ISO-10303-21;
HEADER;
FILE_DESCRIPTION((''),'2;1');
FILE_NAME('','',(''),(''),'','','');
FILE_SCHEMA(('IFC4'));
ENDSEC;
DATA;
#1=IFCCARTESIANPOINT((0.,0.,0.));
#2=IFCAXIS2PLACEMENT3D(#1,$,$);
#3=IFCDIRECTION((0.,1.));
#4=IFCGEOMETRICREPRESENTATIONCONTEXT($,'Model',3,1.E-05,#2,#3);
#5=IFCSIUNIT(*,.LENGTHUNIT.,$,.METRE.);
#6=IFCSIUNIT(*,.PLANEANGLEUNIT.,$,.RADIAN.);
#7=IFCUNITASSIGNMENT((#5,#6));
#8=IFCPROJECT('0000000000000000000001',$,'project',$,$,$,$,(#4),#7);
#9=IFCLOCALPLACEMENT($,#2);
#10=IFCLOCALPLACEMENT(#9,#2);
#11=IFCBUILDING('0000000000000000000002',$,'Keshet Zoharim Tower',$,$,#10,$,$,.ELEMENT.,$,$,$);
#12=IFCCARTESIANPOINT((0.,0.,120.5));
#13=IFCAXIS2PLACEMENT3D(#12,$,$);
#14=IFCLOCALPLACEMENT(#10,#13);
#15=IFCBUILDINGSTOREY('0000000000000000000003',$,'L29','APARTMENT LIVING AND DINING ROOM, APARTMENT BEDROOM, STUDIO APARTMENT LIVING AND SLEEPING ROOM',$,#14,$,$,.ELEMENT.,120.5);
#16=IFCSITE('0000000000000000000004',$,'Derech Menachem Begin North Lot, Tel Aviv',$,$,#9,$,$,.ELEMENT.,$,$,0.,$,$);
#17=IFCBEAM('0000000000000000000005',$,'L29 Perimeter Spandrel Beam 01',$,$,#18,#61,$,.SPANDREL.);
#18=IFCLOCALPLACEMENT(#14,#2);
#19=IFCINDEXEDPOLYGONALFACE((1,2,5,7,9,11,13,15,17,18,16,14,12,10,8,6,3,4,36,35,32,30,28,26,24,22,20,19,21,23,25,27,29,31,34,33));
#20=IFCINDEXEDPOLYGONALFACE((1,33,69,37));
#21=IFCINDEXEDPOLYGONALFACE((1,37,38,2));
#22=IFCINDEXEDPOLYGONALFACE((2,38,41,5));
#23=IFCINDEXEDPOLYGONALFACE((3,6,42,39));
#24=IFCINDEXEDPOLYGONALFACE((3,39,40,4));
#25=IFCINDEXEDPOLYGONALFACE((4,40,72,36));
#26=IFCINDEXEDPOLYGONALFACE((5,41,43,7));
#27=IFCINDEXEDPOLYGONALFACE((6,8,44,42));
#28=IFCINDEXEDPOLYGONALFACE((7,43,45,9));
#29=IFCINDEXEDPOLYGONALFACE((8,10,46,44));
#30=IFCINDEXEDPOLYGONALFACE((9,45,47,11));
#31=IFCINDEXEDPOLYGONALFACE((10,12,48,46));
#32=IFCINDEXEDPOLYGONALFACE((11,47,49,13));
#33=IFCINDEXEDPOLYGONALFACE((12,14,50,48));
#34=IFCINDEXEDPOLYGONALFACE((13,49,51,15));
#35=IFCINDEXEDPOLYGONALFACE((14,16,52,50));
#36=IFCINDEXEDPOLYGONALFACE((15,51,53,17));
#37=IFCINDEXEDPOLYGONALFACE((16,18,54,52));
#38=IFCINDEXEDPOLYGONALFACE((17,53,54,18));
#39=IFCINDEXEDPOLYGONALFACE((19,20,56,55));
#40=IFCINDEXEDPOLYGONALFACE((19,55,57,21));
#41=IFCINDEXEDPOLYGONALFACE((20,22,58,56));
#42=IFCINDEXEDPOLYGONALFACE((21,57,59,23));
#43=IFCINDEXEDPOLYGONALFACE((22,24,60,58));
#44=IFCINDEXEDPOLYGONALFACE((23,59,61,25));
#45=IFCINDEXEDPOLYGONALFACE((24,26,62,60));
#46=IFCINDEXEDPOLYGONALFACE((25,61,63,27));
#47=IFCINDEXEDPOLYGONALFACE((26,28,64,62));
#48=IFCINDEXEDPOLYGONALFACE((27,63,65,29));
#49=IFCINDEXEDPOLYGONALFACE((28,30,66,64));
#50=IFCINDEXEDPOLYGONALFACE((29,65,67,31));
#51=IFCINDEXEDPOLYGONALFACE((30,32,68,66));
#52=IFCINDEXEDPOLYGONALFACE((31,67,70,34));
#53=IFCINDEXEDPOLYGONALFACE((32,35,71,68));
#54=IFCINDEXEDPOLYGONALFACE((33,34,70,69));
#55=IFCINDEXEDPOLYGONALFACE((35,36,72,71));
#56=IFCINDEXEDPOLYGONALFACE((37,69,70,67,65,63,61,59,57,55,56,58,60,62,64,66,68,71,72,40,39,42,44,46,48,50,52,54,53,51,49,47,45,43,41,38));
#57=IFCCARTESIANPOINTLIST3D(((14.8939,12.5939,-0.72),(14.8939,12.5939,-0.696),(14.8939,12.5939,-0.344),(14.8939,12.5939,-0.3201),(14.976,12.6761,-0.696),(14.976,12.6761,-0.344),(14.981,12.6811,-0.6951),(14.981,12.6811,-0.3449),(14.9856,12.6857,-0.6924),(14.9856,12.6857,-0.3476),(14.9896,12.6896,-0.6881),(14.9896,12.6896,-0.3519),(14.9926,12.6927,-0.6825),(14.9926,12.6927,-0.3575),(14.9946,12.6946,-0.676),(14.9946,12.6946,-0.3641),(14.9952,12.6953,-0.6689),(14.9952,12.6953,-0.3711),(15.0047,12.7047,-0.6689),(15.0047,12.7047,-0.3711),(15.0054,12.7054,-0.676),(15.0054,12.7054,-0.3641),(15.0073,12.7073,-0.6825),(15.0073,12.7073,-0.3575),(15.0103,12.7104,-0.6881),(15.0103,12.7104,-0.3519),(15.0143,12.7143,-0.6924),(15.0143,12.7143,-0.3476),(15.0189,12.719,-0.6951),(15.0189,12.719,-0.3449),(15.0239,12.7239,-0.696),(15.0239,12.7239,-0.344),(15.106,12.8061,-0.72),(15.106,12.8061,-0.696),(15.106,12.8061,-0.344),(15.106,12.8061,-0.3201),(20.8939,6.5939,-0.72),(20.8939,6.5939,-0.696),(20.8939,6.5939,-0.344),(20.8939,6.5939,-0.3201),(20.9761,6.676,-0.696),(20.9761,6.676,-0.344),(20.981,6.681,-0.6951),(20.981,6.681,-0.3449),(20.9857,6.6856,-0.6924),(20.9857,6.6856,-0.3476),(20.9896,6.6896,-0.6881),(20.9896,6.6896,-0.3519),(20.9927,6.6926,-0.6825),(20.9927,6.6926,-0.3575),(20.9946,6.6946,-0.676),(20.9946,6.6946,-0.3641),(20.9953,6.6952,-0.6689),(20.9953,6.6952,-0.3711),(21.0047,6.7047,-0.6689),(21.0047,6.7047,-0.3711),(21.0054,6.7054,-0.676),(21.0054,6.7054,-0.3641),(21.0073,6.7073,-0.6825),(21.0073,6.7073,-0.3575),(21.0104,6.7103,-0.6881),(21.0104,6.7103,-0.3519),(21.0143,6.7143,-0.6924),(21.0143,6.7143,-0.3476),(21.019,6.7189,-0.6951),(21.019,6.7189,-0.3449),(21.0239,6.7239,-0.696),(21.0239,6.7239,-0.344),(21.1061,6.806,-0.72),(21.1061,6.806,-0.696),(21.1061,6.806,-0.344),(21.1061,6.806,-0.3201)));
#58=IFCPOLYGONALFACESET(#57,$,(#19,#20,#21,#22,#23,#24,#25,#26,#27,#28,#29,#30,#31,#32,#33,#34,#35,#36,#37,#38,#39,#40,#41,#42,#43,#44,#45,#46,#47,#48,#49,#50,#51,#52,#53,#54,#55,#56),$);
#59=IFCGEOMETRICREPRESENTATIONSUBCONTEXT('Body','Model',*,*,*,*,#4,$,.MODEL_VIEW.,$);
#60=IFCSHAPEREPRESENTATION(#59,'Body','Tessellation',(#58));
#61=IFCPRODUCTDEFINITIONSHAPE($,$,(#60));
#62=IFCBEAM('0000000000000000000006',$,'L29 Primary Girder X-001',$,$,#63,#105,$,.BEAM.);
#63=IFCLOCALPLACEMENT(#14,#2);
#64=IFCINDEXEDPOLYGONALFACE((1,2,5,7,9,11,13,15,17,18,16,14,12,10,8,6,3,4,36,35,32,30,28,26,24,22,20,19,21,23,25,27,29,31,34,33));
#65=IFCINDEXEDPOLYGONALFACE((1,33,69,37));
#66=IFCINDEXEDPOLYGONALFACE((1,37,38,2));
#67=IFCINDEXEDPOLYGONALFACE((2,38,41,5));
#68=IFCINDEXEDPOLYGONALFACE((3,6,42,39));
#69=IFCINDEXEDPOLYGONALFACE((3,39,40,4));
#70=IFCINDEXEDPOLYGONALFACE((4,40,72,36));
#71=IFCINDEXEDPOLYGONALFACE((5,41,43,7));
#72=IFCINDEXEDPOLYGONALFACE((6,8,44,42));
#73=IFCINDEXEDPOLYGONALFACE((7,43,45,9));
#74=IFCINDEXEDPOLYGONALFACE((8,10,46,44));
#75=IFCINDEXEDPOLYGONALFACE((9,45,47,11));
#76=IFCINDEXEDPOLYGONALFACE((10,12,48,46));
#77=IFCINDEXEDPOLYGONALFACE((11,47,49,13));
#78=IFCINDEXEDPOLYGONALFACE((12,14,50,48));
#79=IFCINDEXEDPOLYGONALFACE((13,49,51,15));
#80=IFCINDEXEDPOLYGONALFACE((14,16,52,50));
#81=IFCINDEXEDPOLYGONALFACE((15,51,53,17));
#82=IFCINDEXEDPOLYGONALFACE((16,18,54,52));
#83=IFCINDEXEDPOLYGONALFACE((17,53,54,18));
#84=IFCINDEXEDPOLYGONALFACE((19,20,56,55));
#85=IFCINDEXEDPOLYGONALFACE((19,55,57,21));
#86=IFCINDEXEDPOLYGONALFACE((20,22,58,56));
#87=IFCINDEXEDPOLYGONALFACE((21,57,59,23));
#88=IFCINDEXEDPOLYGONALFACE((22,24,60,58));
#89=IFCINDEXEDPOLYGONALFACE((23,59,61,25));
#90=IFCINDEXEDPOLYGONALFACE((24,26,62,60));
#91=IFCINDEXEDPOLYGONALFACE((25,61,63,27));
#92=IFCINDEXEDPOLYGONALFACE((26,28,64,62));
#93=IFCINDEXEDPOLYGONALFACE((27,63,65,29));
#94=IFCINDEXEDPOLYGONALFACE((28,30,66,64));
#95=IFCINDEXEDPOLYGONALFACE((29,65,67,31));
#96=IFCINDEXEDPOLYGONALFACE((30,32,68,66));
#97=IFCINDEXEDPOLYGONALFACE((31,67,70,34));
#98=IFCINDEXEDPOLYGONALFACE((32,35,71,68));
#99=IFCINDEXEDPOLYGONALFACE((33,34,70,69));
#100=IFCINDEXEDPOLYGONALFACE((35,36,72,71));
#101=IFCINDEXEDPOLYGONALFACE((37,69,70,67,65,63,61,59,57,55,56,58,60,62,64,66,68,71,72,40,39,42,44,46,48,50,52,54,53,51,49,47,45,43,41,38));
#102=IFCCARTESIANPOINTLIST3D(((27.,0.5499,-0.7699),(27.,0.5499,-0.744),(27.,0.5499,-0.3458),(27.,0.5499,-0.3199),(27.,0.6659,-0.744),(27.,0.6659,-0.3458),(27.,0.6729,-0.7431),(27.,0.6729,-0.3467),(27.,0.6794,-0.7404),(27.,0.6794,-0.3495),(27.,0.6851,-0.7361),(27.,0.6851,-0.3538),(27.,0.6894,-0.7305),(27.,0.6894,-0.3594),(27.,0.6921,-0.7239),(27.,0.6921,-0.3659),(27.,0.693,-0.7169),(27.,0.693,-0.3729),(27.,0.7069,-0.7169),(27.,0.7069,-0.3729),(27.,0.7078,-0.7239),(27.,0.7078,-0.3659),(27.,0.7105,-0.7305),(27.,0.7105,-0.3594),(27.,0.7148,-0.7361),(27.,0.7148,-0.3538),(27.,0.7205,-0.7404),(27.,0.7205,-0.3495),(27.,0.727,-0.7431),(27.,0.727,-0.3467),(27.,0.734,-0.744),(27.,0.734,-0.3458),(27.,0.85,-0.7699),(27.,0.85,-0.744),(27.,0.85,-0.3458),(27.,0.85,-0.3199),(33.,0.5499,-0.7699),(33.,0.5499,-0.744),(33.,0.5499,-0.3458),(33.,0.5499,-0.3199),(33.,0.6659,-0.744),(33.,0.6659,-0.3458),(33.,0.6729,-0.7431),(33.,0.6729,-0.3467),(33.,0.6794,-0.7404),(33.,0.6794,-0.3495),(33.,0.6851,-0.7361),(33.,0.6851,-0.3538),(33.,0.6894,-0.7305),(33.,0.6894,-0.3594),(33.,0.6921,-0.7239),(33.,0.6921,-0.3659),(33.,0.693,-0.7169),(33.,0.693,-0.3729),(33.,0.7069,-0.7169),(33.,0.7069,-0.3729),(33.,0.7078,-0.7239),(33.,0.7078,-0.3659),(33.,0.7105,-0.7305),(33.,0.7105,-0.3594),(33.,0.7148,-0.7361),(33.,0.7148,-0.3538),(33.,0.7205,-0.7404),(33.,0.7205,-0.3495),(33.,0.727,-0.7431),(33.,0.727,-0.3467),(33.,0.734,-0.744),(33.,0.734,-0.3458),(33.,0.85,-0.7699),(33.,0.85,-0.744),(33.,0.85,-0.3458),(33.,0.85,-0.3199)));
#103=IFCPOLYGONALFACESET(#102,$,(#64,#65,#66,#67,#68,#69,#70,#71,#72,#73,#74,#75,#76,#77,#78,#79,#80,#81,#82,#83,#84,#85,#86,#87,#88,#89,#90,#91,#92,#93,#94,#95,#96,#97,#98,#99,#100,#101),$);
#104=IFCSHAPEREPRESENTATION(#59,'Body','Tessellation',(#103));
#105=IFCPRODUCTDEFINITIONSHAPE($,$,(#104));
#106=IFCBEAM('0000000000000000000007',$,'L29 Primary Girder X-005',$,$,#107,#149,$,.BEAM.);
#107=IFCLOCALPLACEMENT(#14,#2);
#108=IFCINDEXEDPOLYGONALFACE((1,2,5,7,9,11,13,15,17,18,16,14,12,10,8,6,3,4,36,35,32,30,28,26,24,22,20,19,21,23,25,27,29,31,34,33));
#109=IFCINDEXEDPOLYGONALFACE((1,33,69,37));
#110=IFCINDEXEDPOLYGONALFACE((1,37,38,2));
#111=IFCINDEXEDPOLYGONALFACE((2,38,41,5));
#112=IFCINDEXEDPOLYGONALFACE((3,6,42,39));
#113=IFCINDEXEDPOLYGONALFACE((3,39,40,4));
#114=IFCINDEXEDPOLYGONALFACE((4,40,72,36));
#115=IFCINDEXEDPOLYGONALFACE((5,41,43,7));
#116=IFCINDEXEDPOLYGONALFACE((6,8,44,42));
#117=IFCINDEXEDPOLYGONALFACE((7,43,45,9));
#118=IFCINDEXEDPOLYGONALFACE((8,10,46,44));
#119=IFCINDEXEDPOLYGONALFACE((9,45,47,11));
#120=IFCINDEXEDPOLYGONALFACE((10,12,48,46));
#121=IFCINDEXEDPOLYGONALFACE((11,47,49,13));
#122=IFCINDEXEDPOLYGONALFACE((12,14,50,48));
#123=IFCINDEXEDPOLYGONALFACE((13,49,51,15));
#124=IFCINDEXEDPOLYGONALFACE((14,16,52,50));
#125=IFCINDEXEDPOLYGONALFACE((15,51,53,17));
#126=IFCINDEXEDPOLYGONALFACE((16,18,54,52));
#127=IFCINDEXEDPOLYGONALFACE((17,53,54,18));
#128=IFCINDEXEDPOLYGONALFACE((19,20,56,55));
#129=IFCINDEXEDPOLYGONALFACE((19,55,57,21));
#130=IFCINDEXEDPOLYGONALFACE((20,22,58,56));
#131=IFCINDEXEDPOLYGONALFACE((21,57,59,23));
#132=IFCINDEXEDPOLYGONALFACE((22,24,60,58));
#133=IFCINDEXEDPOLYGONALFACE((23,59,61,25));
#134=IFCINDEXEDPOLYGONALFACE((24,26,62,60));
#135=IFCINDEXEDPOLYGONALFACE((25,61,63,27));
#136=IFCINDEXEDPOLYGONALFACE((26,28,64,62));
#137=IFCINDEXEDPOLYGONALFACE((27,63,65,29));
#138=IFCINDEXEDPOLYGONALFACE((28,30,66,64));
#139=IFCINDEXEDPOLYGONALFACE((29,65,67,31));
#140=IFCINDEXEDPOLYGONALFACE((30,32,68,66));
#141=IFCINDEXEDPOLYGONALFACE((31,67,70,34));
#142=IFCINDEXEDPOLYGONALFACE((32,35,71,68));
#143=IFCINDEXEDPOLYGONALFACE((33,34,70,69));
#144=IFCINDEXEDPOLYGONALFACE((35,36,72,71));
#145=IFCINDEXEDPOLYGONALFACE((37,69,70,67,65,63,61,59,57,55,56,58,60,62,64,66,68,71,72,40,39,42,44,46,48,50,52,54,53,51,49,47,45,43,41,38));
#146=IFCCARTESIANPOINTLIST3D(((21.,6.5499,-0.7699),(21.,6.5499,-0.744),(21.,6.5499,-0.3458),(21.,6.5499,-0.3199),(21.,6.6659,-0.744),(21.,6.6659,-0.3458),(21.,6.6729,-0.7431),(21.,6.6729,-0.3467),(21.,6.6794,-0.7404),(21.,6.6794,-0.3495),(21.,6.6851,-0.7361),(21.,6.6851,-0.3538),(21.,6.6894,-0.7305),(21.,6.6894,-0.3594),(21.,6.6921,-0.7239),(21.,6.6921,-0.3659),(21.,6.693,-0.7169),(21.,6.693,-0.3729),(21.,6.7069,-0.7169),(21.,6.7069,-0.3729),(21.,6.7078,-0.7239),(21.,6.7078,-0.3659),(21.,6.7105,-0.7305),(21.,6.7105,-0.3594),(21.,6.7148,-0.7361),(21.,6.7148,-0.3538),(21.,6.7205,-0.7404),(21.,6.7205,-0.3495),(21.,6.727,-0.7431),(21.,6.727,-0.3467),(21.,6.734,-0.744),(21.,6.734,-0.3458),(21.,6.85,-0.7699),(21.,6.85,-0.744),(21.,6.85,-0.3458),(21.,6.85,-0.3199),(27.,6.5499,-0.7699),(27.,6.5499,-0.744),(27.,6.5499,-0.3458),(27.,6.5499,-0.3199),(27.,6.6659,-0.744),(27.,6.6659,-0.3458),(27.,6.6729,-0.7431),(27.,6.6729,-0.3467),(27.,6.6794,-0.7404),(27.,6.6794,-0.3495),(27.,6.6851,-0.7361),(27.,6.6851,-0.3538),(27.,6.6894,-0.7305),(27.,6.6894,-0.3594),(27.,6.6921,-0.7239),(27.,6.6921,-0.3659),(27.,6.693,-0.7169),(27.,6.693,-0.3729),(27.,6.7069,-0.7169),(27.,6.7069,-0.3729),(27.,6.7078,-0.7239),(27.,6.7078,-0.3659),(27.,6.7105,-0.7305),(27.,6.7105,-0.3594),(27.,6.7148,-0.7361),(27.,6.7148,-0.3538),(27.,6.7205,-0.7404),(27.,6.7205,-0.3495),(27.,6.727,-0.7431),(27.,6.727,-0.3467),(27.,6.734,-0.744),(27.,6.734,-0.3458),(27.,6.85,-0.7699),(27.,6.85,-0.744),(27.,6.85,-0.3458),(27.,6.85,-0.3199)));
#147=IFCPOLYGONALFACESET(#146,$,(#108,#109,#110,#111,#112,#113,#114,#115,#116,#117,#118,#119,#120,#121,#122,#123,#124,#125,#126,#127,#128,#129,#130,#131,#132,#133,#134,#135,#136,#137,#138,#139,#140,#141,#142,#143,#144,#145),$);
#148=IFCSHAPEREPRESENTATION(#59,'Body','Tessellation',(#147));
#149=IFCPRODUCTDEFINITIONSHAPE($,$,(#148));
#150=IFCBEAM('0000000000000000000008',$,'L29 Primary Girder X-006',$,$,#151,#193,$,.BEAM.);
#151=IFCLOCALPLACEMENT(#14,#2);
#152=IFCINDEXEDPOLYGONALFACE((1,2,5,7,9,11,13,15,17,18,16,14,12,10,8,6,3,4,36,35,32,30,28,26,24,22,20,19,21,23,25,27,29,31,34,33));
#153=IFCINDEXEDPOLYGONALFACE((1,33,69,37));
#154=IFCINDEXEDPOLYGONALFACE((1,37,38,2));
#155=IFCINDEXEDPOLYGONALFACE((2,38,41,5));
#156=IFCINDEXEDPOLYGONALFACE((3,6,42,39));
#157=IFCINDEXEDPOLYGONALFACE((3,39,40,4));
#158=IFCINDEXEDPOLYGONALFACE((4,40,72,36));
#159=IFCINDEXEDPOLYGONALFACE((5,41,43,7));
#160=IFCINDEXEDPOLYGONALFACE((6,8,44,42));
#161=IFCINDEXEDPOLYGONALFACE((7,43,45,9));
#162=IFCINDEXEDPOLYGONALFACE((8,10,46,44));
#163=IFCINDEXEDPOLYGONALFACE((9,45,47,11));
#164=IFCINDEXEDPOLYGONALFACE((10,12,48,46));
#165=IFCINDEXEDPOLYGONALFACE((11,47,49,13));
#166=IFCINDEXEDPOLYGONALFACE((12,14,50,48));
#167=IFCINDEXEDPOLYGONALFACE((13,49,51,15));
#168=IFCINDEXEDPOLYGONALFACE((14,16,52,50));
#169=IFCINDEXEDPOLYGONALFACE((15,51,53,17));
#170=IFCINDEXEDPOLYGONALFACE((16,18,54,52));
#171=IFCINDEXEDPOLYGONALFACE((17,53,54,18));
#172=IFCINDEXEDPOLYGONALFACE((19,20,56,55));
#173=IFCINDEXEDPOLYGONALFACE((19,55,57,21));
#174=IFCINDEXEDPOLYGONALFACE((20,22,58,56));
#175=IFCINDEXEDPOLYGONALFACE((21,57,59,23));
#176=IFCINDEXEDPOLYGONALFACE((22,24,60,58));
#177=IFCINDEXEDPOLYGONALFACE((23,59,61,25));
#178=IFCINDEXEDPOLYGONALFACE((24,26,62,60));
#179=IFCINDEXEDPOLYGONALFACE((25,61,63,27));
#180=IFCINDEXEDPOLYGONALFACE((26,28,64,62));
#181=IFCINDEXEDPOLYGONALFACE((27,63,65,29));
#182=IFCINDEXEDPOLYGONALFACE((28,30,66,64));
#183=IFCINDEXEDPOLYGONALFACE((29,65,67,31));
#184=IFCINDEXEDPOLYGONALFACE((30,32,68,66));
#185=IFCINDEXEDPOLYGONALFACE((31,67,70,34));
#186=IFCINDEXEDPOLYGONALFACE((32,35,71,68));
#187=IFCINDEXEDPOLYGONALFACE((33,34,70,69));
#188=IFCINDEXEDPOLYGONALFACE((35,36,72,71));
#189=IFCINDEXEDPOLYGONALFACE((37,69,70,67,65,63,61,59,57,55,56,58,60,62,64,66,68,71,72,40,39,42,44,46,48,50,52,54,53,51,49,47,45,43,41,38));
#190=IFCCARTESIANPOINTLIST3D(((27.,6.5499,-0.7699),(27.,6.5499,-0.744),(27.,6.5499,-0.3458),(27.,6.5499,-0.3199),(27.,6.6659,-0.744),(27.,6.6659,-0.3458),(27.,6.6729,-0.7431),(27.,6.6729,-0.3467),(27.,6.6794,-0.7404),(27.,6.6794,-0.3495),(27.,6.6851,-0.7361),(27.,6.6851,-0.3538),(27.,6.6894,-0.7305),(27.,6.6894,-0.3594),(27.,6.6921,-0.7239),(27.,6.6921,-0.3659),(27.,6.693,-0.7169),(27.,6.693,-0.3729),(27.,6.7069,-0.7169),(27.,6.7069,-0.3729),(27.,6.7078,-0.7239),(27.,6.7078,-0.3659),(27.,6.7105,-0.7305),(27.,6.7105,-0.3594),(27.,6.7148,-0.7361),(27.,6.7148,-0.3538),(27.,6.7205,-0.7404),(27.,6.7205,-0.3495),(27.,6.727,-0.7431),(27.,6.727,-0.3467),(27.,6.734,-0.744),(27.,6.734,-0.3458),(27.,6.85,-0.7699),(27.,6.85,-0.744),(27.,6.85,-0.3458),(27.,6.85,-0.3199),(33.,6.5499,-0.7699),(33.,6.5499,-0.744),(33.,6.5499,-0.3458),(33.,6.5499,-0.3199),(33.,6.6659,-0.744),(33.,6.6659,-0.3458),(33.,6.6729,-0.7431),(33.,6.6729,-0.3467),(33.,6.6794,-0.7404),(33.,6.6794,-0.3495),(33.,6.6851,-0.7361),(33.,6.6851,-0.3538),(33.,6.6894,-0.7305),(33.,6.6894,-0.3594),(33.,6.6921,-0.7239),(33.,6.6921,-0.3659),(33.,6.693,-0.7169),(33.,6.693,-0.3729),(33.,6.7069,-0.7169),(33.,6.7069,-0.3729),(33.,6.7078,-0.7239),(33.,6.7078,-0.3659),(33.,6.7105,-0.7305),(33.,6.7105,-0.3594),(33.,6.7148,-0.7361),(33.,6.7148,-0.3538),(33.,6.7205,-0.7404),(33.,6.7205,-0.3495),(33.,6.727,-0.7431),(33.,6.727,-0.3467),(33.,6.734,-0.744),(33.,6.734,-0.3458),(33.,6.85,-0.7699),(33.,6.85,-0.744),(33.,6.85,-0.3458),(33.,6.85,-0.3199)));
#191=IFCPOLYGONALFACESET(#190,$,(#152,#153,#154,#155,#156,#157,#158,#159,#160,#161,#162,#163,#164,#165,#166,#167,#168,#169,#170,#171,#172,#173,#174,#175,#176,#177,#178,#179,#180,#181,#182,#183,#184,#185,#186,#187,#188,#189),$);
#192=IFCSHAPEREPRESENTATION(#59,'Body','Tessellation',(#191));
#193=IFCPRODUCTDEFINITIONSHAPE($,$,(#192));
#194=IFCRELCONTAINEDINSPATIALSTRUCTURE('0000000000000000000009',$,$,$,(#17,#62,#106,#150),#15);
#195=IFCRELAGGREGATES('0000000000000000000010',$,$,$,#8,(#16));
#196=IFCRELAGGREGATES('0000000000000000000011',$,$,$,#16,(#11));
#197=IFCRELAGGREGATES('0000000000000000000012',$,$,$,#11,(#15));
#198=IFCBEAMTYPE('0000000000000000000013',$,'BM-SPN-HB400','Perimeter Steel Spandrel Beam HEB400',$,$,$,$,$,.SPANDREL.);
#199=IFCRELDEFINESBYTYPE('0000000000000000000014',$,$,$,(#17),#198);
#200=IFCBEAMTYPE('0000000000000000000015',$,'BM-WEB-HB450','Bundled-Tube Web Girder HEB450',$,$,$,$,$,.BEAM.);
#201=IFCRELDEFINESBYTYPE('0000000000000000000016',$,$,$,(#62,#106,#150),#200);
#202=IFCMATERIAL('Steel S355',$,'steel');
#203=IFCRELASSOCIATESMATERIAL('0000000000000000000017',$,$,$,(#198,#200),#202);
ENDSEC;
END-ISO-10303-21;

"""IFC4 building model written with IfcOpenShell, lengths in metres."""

from ifc_helpers import new_model, si_unit, direction, frame, origin, origin_2d, place, context, subcontext, project, spatial, i_section, extrude, material, material_profile, profile_set, type_object, element, save


model = new_model("IFC4")

# Units and contexts
model_context = context("Model", 3, precision=1e-05, world=origin(), true_north=direction((0.0, 1.0)))
body_context = subcontext(model_context, "Body", "Model", "MODEL_VIEW")
ifc_project = project(units=[si_unit("LENGTHUNIT", "METRE"), si_unit("PLANEANGLEUNIT", "RADIAN")], contexts=[model_context])

# Site, building, storey
site_placement = place(None, origin())
site = spatial("IfcSite", under=ifc_project, at=site_placement, Name="Derech Menachem Begin North Lot, Tel Aviv", CompositionType="ELEMENT", RefElevation=0.0)
building_placement = place(site_placement, origin())
building = spatial("IfcBuilding", under=site, at=building_placement, Name="Keshet Zoharim Tower", CompositionType="ELEMENT")
storey_placement = place(building_placement, frame((0.0, 0.0, 120.5)))
storey = spatial("IfcBuildingStorey", under=building, at=storey_placement, Name="L29", Description="APARTMENT LIVING AND DINING ROOM, APARTMENT BEDROOM, STUDIO APARTMENT LIVING AND SLEEPING ROOM", CompositionType="ELEMENT", Elevation=120.5)

# Shared definitions
ifc_material_1 = material(Name="Steel S355", Category="steel")

# Beams
ifc_material_profile_1 = material_profile(ifc_material_1, i_section(OverallWidth=0.3, OverallDepth=0.3999, WebThickness=0.0134, FlangeThickness=0.0239, FilletRadius=0.0271, at=origin_2d()), Name="HEB400")
ifc_profile_set_1 = profile_set([ifc_material_profile_1], Name="Steel S355")
beam_type_1 = type_object("IfcBeamType", Name="BM-SPN-HB400", Description="Perimeter Steel Spandrel Beam HEB400", PredefinedType="SPANDREL", material=ifc_profile_set_1)
beam_1_placement = place(storey_placement, frame((21.0, 6.7, -0.52), z_axis=(-0.707107, 0.707107, 0.0), x_axis=(-0.707107, -0.707107, 0.0)))
element("IfcBeam", 1, at=beam_1_placement, inside=storey, type_object=beam_type_1, Name="L29 Perimeter Spandrel Beam 01", PredefinedType="SPANDREL", context=body_context, shape_type="SweptSolid", body=[
    extrude(i_section(OverallWidth=0.3, OverallDepth=0.3999, WebThickness=0.0134, FlangeThickness=0.0239, FilletRadius=0.0271, at=origin_2d()), origin(), (0.0, 0.0, 1.0), 8.4854),
])
ifc_material_profile_2 = material_profile(ifc_material_1, i_section(OverallWidth=0.3, OverallDepth=0.45, WebThickness=0.0139, FlangeThickness=0.0259, FilletRadius=0.0271, at=origin_2d()), Name="HEB450")
ifc_profile_set_2 = profile_set([ifc_material_profile_2], Name="Steel S355")
beam_type_2 = type_object("IfcBeamType", Name="BM-WEB-HB450", Description="Bundled-Tube Web Girder HEB450", PredefinedType="BEAM", material=ifc_profile_set_2)
for number, where, z_axis, x_axis, name in (
    (2, (27.0, 0.7, -0.5449), (1.0, 0.0, 0.0), (0.0, 1.0, 0.0), "L29 Primary Girder X-001"),
    (3, (21.0, 6.7, -0.5449), (1.0, 0.0, 0.0), (0.0, 1.0, 0.0), "L29 Primary Girder X-005"),
    (4, (27.0, 6.7, -0.5449), (1.0, 0.0, 0.0), (0.0, 1.0, 0.0), "L29 Primary Girder X-006"),
):
    element("IfcBeam", number, at=place(storey_placement, frame(where, z_axis=z_axis, x_axis=x_axis)), inside=storey, type_object=beam_type_2, Name=name, PredefinedType="BEAM", context=body_context, shape_type="SweptSolid", body=[
        extrude(i_section(OverallWidth=0.3, OverallDepth=0.45, WebThickness=0.0139, FlangeThickness=0.0259, FilletRadius=0.0271, at=origin_2d()), origin(), (0.0, 0.0, 1.0), 6.0),
    ])

save(model, "model.ifc")
